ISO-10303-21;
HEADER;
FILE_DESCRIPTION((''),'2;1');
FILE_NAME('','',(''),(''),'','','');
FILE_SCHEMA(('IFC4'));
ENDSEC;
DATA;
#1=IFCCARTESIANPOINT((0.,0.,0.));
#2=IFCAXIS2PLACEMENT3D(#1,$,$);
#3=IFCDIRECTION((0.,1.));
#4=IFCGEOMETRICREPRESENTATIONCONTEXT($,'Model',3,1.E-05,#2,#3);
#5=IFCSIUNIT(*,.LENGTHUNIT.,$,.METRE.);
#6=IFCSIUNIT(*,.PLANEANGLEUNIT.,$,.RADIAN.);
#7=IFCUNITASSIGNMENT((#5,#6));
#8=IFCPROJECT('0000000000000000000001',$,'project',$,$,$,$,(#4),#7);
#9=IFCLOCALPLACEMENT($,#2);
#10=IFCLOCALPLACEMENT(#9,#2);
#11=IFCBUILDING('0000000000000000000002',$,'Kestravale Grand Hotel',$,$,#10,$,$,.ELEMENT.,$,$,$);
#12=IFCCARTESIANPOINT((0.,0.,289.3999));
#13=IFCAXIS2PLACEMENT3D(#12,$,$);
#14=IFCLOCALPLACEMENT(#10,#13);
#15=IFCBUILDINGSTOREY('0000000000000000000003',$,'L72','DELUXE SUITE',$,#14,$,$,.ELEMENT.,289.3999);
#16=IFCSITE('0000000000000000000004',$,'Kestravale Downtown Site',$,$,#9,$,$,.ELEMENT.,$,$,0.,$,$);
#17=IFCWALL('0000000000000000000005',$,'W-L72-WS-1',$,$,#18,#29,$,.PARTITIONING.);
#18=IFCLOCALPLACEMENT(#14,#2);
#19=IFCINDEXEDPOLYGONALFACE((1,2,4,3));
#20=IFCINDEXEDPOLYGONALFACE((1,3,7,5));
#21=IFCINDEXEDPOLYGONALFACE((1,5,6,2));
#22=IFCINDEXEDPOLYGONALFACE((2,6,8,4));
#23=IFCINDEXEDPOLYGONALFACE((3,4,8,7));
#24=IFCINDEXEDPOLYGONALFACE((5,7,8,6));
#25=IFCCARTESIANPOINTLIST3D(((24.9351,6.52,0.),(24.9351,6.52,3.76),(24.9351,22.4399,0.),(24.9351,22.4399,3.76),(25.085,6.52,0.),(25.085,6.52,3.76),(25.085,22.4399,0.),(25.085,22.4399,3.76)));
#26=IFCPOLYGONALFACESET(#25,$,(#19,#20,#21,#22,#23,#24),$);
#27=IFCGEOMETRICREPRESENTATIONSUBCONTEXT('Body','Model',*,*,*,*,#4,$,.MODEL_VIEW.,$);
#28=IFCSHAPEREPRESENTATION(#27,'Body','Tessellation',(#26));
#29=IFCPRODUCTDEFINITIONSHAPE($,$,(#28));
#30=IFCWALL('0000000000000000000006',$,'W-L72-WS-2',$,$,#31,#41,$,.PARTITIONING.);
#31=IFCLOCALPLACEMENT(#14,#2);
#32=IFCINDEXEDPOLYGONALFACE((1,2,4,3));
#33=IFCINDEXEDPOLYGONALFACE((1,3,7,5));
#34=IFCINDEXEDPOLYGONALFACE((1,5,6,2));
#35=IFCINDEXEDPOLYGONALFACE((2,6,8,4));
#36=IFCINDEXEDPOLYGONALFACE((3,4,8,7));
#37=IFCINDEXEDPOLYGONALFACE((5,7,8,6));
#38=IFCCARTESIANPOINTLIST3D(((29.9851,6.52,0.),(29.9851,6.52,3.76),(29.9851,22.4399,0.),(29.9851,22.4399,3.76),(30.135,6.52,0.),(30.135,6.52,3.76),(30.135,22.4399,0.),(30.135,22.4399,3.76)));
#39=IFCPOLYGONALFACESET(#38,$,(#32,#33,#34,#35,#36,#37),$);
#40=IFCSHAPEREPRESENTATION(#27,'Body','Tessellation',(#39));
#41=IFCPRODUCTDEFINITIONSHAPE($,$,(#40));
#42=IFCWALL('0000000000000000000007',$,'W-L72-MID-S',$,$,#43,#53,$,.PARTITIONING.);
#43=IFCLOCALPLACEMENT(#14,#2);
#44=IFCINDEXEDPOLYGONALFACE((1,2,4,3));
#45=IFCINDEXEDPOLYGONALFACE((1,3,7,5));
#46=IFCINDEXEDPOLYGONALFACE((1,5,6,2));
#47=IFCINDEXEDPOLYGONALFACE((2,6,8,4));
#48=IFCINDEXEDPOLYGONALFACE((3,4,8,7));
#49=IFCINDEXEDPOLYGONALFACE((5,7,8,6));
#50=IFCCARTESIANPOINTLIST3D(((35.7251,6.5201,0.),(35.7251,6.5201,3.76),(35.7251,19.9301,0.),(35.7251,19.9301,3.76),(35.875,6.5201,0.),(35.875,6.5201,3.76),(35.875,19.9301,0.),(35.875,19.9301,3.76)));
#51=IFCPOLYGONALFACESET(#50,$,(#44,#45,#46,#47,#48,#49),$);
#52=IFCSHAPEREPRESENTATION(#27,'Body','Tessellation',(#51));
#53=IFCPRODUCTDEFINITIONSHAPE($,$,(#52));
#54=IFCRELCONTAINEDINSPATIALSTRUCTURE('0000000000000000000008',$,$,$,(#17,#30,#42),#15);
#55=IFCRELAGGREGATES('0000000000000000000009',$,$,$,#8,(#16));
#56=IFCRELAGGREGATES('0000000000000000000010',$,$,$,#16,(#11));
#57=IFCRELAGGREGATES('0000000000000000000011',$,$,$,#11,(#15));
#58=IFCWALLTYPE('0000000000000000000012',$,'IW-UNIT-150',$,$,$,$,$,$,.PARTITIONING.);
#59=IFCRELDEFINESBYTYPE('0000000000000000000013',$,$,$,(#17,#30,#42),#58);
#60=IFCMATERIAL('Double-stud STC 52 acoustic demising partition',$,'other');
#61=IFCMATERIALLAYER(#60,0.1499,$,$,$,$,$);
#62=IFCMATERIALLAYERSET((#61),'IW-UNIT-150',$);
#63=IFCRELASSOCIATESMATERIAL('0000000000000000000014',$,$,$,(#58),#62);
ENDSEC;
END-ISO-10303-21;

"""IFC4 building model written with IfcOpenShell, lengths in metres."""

from ifc_helpers import new_model, si_unit, direction, frame, frame_2d, origin, place, context, subcontext, project, spatial, rectangle, extrude, material, layer, layer_set, type_object, element, save


model = new_model("IFC4")

# Units and contexts
model_context = context("Model", 3, precision=1e-05, world=origin(), true_north=direction((0.0, 1.0)))
body_context = subcontext(model_context, "Body", "Model", "MODEL_VIEW")
ifc_project = project(units=[si_unit("LENGTHUNIT", "METRE"), si_unit("PLANEANGLEUNIT", "RADIAN")], contexts=[model_context])

# Site, building, storey
site_placement = place(None, origin())
site = spatial("IfcSite", under=ifc_project, at=site_placement, Name="Kestravale Downtown Site", CompositionType="ELEMENT", RefElevation=0.0)
building_placement = place(site_placement, origin())
building = spatial("IfcBuilding", under=site, at=building_placement, Name="Kestravale Grand Hotel", CompositionType="ELEMENT")
storey_placement = place(building_placement, frame((0.0, 0.0, 289.3999)))
storey = spatial("IfcBuildingStorey", under=building, at=storey_placement, Name="L72", Description="DELUXE SUITE", CompositionType="ELEMENT", Elevation=289.3999)

# Walls
ifc_material_1 = material(Name="Double-stud STC 52 acoustic demising partition", Category="other")
ifc_layer_1 = layer(ifc_material_1, 0.1499)
ifc_layer_set_1 = layer_set([ifc_layer_1], Name="IW-UNIT-150")
wall_type_1 = type_object("IfcWallType", Name="IW-UNIT-150", PredefinedType="PARTITIONING", material=ifc_layer_set_1)
for number, where, z_axis, x_axis, name in (
    (1, (25.01, 6.52, 0.0), (0.0, 0.0, 1.0), (0.0, 1.0, 0.0), "W-L72-WS-1"),
    (2, (30.0601, 6.52, 0.0), (0.0, 0.0, 1.0), (0.0, 1.0, 0.0), "W-L72-WS-2"),
):
    element("IfcWall", number, at=place(storey_placement, frame(where, z_axis=z_axis, x_axis=x_axis)), inside=storey, type_object=wall_type_1, Name=name, PredefinedType="PARTITIONING", context=body_context, shape_type="SweptSolid", body=[
        extrude(rectangle(XDim=15.9199, YDim=0.1499, at=frame_2d((7.96, 0.0))), origin(), (0.0, 0.0, 1.0), 3.76),
    ])
wall_1_placement = place(storey_placement, frame((35.8, 6.52, 0.0), z_axis=(0.0, 0.0, 1.0), x_axis=(0.0, 1.0, 0.0)))
element("IfcWall", 3, at=wall_1_placement, inside=storey, type_object=wall_type_1, Name="W-L72-MID-S", PredefinedType="PARTITIONING", context=body_context, shape_type="SweptSolid", body=[
    extrude(rectangle(XDim=13.4099, YDim=0.1499, at=frame_2d((6.7051, 0.0))), origin(), (0.0, 0.0, 1.0), 3.76),
])

save(model, "model.ifc")
